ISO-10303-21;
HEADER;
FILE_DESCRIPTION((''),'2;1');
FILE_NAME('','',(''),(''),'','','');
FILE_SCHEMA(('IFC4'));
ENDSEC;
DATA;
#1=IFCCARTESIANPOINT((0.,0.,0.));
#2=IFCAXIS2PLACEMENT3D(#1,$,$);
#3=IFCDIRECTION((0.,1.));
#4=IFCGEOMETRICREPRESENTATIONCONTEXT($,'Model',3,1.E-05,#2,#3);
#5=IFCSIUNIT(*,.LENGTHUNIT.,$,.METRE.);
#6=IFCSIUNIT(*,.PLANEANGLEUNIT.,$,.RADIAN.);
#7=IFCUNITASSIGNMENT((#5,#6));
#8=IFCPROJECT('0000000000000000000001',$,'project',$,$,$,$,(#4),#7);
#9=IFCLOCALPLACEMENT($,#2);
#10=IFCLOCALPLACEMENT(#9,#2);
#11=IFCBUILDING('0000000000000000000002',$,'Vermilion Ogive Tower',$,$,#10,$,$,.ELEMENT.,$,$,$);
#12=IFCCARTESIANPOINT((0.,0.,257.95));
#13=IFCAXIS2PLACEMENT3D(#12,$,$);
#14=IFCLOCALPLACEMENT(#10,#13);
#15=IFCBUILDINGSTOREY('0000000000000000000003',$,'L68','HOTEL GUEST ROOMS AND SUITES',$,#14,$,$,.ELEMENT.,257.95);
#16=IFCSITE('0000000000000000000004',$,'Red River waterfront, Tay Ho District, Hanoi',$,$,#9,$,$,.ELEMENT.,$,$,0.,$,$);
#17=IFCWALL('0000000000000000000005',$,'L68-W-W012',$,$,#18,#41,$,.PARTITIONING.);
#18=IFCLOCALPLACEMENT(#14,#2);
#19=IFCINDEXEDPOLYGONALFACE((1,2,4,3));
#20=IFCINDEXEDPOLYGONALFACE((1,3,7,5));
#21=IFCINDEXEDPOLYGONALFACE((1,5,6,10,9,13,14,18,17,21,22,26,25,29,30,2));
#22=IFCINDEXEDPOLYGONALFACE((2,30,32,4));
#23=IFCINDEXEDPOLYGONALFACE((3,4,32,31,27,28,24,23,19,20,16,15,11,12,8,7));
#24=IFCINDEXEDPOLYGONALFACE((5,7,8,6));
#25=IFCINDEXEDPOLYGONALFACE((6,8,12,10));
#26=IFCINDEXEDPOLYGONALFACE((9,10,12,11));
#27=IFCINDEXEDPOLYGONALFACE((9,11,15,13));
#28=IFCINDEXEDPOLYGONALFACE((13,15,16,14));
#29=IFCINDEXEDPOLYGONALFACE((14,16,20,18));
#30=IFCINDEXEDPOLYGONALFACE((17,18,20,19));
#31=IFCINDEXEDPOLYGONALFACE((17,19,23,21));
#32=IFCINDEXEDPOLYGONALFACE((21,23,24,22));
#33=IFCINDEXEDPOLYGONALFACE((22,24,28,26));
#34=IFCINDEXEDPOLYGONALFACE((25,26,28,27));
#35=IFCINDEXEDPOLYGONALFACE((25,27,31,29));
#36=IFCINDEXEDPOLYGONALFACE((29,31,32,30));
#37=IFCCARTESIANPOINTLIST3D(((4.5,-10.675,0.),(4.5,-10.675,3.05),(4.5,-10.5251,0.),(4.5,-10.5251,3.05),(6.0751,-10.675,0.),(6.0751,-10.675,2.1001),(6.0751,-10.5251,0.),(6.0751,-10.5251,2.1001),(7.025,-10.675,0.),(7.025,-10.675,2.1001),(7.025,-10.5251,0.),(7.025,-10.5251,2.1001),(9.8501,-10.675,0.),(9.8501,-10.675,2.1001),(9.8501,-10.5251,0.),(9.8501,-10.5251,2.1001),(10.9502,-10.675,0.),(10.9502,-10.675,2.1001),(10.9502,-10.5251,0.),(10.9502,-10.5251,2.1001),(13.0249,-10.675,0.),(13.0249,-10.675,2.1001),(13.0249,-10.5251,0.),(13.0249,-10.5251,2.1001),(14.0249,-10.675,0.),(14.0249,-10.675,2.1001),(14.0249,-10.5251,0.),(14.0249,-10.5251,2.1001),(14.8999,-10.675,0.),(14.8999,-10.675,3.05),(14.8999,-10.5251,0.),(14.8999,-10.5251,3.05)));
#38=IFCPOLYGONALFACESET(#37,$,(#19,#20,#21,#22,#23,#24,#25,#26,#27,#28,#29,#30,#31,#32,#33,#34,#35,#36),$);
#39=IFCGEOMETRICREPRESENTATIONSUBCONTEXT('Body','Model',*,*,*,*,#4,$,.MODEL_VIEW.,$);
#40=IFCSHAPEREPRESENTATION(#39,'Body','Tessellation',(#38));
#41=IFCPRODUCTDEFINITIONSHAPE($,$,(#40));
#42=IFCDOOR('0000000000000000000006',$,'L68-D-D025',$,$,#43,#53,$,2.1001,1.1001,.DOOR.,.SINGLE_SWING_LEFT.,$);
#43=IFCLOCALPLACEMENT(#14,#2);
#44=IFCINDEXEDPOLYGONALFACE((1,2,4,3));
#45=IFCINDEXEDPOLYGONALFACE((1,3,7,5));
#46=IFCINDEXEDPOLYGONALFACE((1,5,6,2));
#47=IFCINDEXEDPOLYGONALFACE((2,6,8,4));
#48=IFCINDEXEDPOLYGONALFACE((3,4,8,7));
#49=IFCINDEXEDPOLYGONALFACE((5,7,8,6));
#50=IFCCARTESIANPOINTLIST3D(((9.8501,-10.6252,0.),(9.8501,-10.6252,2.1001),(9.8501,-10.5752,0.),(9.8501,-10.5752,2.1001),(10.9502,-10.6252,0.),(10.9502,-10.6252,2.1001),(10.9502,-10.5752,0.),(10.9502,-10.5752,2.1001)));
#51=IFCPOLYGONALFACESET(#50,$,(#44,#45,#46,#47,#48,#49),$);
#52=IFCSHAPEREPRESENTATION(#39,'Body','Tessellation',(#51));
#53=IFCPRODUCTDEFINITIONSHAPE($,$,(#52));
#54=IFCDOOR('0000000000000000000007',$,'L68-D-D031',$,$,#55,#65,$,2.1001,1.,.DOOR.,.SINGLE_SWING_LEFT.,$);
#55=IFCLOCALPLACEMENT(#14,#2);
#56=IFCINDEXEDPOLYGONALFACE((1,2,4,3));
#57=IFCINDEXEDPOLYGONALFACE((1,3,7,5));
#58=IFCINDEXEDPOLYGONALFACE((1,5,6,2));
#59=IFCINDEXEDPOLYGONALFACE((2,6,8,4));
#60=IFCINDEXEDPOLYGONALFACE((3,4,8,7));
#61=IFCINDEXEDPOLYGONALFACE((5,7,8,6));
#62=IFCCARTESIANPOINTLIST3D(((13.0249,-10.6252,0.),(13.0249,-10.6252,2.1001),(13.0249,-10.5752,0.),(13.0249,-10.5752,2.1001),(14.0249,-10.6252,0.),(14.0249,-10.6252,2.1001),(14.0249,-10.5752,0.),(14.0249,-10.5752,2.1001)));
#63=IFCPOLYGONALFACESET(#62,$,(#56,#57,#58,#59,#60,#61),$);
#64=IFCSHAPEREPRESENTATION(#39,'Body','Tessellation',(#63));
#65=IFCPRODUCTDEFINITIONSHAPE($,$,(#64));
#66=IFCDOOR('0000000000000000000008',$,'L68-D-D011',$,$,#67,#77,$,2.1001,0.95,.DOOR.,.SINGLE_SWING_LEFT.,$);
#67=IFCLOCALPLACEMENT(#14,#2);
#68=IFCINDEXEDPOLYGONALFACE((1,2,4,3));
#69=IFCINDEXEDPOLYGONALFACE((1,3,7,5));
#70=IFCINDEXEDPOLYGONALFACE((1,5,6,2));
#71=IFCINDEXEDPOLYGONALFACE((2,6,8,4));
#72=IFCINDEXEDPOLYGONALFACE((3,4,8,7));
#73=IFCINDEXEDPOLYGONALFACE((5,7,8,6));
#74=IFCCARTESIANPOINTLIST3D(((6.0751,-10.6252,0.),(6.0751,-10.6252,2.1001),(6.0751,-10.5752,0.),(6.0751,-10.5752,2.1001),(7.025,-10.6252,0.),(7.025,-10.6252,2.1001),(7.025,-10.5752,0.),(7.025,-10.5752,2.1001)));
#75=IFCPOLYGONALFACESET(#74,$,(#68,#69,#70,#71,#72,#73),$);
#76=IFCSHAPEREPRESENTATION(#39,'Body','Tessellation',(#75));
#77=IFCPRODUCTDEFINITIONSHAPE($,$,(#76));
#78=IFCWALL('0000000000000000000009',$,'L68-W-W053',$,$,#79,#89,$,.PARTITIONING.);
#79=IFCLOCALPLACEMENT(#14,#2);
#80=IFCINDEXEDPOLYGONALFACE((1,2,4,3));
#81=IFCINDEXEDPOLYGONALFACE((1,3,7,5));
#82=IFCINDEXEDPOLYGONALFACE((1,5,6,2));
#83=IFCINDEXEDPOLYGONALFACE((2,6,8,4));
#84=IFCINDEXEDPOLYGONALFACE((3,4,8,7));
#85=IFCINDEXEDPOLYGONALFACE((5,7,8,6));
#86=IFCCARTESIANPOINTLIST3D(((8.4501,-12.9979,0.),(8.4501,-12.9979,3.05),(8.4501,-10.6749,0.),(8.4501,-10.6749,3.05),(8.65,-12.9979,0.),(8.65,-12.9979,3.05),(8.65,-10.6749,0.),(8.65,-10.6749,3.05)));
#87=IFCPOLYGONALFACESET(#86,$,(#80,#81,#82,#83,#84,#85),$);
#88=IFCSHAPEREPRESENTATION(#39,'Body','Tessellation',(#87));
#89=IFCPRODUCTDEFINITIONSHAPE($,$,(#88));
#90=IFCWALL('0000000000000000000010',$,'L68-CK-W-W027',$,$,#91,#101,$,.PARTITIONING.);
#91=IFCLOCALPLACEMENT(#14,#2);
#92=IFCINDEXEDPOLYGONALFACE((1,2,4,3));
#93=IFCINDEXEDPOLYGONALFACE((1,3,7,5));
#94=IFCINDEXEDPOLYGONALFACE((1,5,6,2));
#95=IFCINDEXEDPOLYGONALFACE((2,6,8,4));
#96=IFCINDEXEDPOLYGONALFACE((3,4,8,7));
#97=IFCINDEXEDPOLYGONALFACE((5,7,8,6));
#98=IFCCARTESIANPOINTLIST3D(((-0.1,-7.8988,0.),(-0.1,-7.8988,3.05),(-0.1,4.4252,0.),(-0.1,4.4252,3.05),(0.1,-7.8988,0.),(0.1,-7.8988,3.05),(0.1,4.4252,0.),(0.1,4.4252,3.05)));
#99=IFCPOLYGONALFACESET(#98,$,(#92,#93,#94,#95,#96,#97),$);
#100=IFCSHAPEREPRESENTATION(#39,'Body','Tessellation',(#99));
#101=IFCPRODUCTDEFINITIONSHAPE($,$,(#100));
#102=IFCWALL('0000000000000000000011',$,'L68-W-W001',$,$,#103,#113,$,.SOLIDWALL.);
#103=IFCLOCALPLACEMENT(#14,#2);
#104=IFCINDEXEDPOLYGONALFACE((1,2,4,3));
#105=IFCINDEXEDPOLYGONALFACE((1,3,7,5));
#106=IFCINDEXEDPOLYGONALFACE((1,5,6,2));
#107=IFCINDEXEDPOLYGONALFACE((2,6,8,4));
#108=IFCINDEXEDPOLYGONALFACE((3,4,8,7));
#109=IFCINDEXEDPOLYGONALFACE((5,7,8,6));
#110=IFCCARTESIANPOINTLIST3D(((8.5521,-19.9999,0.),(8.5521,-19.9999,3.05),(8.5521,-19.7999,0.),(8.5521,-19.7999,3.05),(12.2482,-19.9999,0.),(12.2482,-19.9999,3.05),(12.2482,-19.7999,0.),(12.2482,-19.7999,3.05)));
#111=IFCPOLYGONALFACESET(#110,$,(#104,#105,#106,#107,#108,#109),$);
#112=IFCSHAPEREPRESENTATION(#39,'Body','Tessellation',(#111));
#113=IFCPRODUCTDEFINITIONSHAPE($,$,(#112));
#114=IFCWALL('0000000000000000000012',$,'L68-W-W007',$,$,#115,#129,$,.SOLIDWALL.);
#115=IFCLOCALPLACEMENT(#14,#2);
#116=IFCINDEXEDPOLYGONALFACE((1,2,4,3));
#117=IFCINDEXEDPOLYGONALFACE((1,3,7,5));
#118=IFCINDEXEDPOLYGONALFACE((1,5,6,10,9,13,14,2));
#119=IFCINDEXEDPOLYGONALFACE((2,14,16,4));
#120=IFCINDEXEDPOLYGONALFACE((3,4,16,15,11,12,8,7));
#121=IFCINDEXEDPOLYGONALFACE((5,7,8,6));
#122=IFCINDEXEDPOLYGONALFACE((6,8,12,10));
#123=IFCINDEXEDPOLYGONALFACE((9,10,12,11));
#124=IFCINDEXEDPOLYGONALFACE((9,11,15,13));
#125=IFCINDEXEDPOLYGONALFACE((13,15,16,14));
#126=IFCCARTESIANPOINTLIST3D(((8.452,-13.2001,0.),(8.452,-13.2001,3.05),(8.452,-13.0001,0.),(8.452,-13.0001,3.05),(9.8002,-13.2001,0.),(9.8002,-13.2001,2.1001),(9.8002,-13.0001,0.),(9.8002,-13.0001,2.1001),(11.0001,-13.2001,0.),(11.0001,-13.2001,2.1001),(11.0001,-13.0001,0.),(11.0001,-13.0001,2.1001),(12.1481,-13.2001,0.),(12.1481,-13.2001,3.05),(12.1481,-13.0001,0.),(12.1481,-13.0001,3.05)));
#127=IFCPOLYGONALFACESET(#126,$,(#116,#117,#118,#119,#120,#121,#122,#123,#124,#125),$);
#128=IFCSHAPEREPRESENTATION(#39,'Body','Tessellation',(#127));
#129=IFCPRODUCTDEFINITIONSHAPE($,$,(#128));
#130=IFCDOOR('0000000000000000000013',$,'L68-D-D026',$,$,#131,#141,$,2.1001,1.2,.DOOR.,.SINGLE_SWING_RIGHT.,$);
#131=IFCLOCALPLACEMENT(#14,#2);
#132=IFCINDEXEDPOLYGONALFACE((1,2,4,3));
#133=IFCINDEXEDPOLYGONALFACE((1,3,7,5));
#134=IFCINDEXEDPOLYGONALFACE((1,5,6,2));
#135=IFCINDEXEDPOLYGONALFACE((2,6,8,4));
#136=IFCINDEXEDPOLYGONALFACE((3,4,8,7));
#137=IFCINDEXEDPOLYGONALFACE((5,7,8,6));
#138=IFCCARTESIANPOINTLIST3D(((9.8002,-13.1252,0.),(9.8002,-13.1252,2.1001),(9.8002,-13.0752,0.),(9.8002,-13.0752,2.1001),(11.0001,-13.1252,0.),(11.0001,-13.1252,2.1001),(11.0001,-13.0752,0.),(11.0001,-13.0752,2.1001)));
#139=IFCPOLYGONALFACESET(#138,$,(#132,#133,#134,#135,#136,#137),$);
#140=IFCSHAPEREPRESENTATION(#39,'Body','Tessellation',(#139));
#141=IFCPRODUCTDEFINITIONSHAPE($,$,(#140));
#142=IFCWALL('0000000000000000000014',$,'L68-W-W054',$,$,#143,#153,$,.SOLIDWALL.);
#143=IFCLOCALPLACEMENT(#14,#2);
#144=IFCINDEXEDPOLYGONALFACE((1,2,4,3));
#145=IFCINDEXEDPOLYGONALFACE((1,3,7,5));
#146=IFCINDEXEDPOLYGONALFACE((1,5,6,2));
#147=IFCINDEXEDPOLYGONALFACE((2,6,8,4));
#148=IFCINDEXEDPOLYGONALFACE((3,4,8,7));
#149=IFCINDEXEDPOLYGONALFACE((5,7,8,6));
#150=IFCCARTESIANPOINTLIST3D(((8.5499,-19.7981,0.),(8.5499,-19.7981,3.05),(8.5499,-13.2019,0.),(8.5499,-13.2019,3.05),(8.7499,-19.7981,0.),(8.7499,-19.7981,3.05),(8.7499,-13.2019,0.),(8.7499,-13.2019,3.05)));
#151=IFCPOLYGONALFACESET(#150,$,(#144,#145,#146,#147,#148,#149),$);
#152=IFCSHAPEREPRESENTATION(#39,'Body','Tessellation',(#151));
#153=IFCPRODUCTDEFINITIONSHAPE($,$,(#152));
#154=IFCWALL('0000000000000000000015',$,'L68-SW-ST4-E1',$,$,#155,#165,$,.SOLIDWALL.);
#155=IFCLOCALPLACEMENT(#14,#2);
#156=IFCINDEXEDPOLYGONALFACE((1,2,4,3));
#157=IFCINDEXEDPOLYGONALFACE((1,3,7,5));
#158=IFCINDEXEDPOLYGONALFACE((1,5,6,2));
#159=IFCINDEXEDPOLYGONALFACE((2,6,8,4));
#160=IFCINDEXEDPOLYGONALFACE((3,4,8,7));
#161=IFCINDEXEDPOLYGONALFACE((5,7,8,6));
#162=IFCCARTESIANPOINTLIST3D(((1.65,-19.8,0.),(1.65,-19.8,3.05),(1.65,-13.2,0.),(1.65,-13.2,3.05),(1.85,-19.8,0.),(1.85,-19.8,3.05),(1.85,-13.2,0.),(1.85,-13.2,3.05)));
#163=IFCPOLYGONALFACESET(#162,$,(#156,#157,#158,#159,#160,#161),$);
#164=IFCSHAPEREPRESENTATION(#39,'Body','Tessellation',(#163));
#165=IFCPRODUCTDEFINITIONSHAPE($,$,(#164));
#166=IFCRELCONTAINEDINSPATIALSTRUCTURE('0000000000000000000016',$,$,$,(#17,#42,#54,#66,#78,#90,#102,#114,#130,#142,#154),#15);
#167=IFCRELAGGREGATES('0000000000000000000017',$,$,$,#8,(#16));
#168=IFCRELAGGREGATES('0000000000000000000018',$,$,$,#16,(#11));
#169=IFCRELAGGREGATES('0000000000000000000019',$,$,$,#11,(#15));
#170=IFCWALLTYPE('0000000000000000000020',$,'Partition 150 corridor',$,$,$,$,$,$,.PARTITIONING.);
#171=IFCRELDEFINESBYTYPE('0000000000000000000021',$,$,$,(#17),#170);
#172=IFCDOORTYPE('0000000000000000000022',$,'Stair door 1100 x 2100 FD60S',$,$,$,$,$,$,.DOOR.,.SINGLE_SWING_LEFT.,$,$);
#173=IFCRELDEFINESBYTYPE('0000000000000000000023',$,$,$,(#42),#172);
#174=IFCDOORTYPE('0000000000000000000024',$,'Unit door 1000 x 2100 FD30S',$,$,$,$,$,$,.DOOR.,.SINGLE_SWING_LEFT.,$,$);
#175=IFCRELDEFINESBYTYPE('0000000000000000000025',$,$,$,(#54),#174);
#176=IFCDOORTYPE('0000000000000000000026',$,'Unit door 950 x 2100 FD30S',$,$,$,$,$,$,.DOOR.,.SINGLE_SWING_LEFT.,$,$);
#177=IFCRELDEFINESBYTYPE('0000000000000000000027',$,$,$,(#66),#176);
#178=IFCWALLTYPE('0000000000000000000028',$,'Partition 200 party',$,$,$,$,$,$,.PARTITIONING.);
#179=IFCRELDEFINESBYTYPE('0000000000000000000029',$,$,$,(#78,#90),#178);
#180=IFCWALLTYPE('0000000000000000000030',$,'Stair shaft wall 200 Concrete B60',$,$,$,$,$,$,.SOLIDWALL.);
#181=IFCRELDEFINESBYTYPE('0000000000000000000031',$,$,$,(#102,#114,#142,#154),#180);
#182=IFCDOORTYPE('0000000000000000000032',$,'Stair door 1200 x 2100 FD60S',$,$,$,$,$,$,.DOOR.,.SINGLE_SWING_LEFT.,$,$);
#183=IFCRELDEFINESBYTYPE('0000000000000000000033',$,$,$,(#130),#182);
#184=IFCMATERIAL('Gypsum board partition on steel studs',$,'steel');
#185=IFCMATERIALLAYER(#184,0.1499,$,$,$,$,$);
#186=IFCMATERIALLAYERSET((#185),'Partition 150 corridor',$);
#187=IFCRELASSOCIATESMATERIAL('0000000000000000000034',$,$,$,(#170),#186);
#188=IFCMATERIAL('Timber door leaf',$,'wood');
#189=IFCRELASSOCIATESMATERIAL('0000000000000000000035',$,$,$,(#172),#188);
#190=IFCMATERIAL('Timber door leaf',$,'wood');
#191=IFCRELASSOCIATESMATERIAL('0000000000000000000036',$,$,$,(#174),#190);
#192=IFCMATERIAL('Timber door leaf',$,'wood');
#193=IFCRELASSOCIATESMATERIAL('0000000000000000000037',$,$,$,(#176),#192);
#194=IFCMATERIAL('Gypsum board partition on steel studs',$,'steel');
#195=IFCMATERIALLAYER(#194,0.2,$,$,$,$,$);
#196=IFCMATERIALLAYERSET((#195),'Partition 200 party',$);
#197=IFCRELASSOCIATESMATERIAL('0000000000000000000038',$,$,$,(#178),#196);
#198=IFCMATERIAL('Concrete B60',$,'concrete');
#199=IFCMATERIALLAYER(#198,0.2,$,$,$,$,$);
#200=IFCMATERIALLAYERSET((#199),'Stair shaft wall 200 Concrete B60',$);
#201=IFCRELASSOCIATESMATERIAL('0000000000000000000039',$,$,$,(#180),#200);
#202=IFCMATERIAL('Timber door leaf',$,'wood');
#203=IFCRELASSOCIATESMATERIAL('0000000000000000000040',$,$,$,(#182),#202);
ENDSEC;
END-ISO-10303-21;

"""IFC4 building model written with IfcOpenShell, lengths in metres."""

from ifc_helpers import new_model, si_unit, direction, frame, frame_2d, origin, place, context, subcontext, project, spatial, rectangle, extrude, material, layer, layer_set, type_object, element, fill, save


model = new_model("IFC4")

# Units and contexts
model_context = context("Model", 3, precision=1e-05, world=origin(), true_north=direction((0.0, 1.0)))
body_context = subcontext(model_context, "Body", "Model", "MODEL_VIEW")
ifc_project = project(units=[si_unit("LENGTHUNIT", "METRE"), si_unit("PLANEANGLEUNIT", "RADIAN")], contexts=[model_context])

# Site, building, storey
site_placement = place(None, origin())
site = spatial("IfcSite", under=ifc_project, at=site_placement, Name="Red River waterfront, Tay Ho District, Hanoi", CompositionType="ELEMENT", RefElevation=0.0)
building_placement = place(site_placement, origin())
building = spatial("IfcBuilding", under=site, at=building_placement, Name="Vermilion Ogive Tower", CompositionType="ELEMENT")
storey_placement = place(building_placement, frame((0.0, 0.0, 257.95)))
storey = spatial("IfcBuildingStorey", under=building, at=storey_placement, Name="L68", Description="HOTEL GUEST ROOMS AND SUITES", CompositionType="ELEMENT", Elevation=257.95)

# Wall, openings, doors
ifc_material_1 = material(Name="Gypsum board partition on steel studs", Category="steel")
ifc_layer_1 = layer(ifc_material_1, 0.1499)
ifc_layer_set_1 = layer_set([ifc_layer_1], Name="Partition 150 corridor")
wall_type_1 = type_object("IfcWallType", Name="Partition 150 corridor", PredefinedType="PARTITIONING", material=ifc_layer_set_1)
wall_1_placement = place(storey_placement, frame((4.5, -10.6001, 0.0), z_axis=(0.0, 0.0, 1.0), x_axis=(1.0, 0.0, 0.0)))
wall_1 = element("IfcWall", 1, at=wall_1_placement, inside=storey, type_object=wall_type_1, Name="L68-W-W012", PredefinedType="PARTITIONING", context=body_context, shape_type="SweptSolid", body=[
    extrude(rectangle(XDim=10.3999, YDim=0.1499, at=frame_2d((5.2, 0.0))), origin(), (0.0, 0.0, 1.0), 3.05),
])
opening_1_placement = place(wall_1_placement, frame((1.575, 0.0, 0.0)))
opening_1 = element("IfcOpeningElement", 2, at=opening_1_placement, cuts=wall_1, PredefinedType="OPENING", context=body_context, shape_type="SweptSolid", body=[
    extrude(rectangle(XDim=0.95, YDim=2.1001, at=frame_2d((0.4751, 1.05))), frame((0.0, 0.085, 0.0), z_axis=(0.0, -1.0, 0.0), x_axis=(1.0, 0.0, 0.0)), (0.0, 0.0, 1.0), 0.1699),
])
opening_2_placement = place(wall_1_placement, frame((5.3501, 0.0, 0.0)))
opening_2 = element("IfcOpeningElement", 3, at=opening_2_placement, cuts=wall_1, PredefinedType="OPENING", context=body_context, shape_type="SweptSolid", body=[
    extrude(rectangle(XDim=1.1001, YDim=2.1001, at=frame_2d((0.55, 1.05))), frame((0.0, 0.085, 0.0), z_axis=(0.0, -1.0, 0.0), x_axis=(1.0, 0.0, 0.0)), (0.0, 0.0, 1.0), 0.1699),
])
opening_3_placement = place(wall_1_placement, frame((8.5249, 0.0, 0.0)))
opening_3 = element("IfcOpeningElement", 4, at=opening_3_placement, cuts=wall_1, PredefinedType="OPENING", context=body_context, shape_type="SweptSolid", body=[
    extrude(rectangle(XDim=1.0, YDim=2.1001, at=frame_2d((0.5, 1.05))), frame((0.0, 0.085, 0.0), z_axis=(0.0, -1.0, 0.0), x_axis=(1.0, 0.0, 0.0)), (0.0, 0.0, 1.0), 0.1699),
])
ifc_material_2 = material(Name="Timber door leaf", Category="wood")
door_type_1 = type_object("IfcDoorType", Name="Stair door 1100 x 2100 FD60S", OperationType="SINGLE_SWING_LEFT", PredefinedType="DOOR", material=ifc_material_2)
door_1_placement = place(opening_2_placement, origin())
door_1 = element("IfcDoor", 5, at=door_1_placement, inside=storey, type_object=door_type_1, Name="L68-D-D025", OperationType="SINGLE_SWING_LEFT", OverallHeight=2.1001, OverallWidth=1.1001, PredefinedType="DOOR", context=body_context, shape_type="SweptSolid", body=[
    extrude(rectangle(XDim=1.1001, YDim=2.1001, at=frame_2d((0.55, 1.05))), frame((0.0, 0.0249, 0.0), z_axis=(0.0, -1.0, 0.0), x_axis=(1.0, 0.0, 0.0)), (0.0, 0.0, 1.0), 0.05),
])
fill(opening_2, door_1)
ifc_material_3 = material(Name="Timber door leaf", Category="wood")
door_type_2 = type_object("IfcDoorType", Name="Unit door 1000 x 2100 FD30S", OperationType="SINGLE_SWING_LEFT", PredefinedType="DOOR", material=ifc_material_3)
door_2_placement = place(opening_3_placement, origin())
door_2 = element("IfcDoor", 6, at=door_2_placement, inside=storey, type_object=door_type_2, Name="L68-D-D031", OperationType="SINGLE_SWING_LEFT", OverallHeight=2.1001, OverallWidth=1.0, PredefinedType="DOOR", context=body_context, shape_type="SweptSolid", body=[
    extrude(rectangle(XDim=1.0, YDim=2.1001, at=frame_2d((0.5, 1.05))), frame((0.0, 0.0249, 0.0), z_axis=(0.0, -1.0, 0.0), x_axis=(1.0, 0.0, 0.0)), (0.0, 0.0, 1.0), 0.05),
])
fill(opening_3, door_2)
ifc_material_4 = material(Name="Timber door leaf", Category="wood")
door_type_3 = type_object("IfcDoorType", Name="Unit door 950 x 2100 FD30S", OperationType="SINGLE_SWING_LEFT", PredefinedType="DOOR", material=ifc_material_4)
door_3_placement = place(opening_1_placement, origin())
door_3 = element("IfcDoor", 7, at=door_3_placement, inside=storey, type_object=door_type_3, Name="L68-D-D011", OperationType="SINGLE_SWING_LEFT", OverallHeight=2.1001, OverallWidth=0.95, PredefinedType="DOOR", context=body_context, shape_type="SweptSolid", body=[
    extrude(rectangle(XDim=0.95, YDim=2.1001, at=frame_2d((0.4751, 1.05))), frame((0.0, 0.0249, 0.0), z_axis=(0.0, -1.0, 0.0), x_axis=(1.0, 0.0, 0.0)), (0.0, 0.0, 1.0), 0.05),
])
fill(opening_1, door_3)

# Walls
ifc_material_5 = material(Name="Gypsum board partition on steel studs", Category="steel")
ifc_layer_2 = layer(ifc_material_5, 0.2)
ifc_layer_set_2 = layer_set([ifc_layer_2], Name="Partition 200 party")
wall_type_2 = type_object("IfcWallType", Name="Partition 200 party", PredefinedType="PARTITIONING", material=ifc_layer_set_2)
wall_2_placement = place(storey_placement, frame((8.55, -12.998, 0.0), z_axis=(0.0, 0.0, 1.0), x_axis=(0.0, 1.0, 0.0)))
element("IfcWall", 8, at=wall_2_placement, inside=storey, type_object=wall_type_2, Name="L68-W-W053", PredefinedType="PARTITIONING", context=body_context, shape_type="SweptSolid", body=[
    extrude(rectangle(XDim=2.323, YDim=0.2, at=frame_2d((1.1616, 0.0))), origin(), (0.0, 0.0, 1.0), 3.05),
])
wall_3_placement = place(storey_placement, frame((0.0, -7.8989, 0.0), z_axis=(0.0, 0.0, 1.0), x_axis=(0.0, 1.0, 0.0)))
element("IfcWall", 9, at=wall_3_placement, inside=storey, type_object=wall_type_2, Name="L68-CK-W-W027", PredefinedType="PARTITIONING", context=body_context, shape_type="SweptSolid", body=[
    extrude(rectangle(XDim=12.324, YDim=0.2, at=frame_2d((6.1621, 0.0))), origin(), (0.0, 0.0, 1.0), 3.05),
])
ifc_material_6 = material(Name="Concrete B60", Category="concrete")
ifc_layer_3 = layer(ifc_material_6, 0.2)
ifc_layer_set_3 = layer_set([ifc_layer_3], Name="Stair shaft wall 200 Concrete B60")
wall_type_3 = type_object("IfcWallType", Name="Stair shaft wall 200 Concrete B60", PredefinedType="SOLIDWALL", material=ifc_layer_set_3)
wall_4_placement = place(storey_placement, frame((8.552, -19.8999, 0.0), z_axis=(0.0, 0.0, 1.0), x_axis=(1.0, 0.0, 0.0)))
element("IfcWall", 10, at=wall_4_placement, inside=storey, type_object=wall_type_3, Name="L68-W-W001", PredefinedType="SOLIDWALL", context=body_context, shape_type="SweptSolid", body=[
    extrude(rectangle(XDim=3.696, YDim=0.2, at=frame_2d((1.8481, 0.0))), origin(), (0.0, 0.0, 1.0), 3.05),
])

# Wall, opening, door
wall_5_placement = place(storey_placement, frame((8.4519, -13.1001, 0.0), z_axis=(0.0, 0.0, 1.0), x_axis=(1.0, 0.0, 0.0)))
wall_5 = element("IfcWall", 11, at=wall_5_placement, inside=storey, type_object=wall_type_3, Name="L68-W-W007", PredefinedType="SOLIDWALL", context=body_context, shape_type="SweptSolid", body=[
    extrude(rectangle(XDim=3.696, YDim=0.2, at=frame_2d((1.8481, 0.0))), origin(), (0.0, 0.0, 1.0), 3.05),
])
opening_4_placement = place(wall_5_placement, frame((1.3481, 0.0, 0.0)))
opening_4 = element("IfcOpeningElement", 12, at=opening_4_placement, cuts=wall_5, PredefinedType="OPENING", context=body_context, shape_type="SweptSolid", body=[
    extrude(rectangle(XDim=1.2, YDim=2.1001, at=frame_2d((0.6001, 1.05))), frame((0.0, 0.1099, 0.0), z_axis=(0.0, -1.0, 0.0), x_axis=(1.0, 0.0, 0.0)), (0.0, 0.0, 1.0), 0.22),
])
ifc_material_7 = material(Name="Timber door leaf", Category="wood")
door_type_4 = type_object("IfcDoorType", Name="Stair door 1200 x 2100 FD60S", OperationType="SINGLE_SWING_LEFT", PredefinedType="DOOR", material=ifc_material_7)
door_4_placement = place(opening_4_placement, origin())
door_4 = element("IfcDoor", 13, at=door_4_placement, inside=storey, type_object=door_type_4, Name="L68-D-D026", OperationType="SINGLE_SWING_RIGHT", OverallHeight=2.1001, OverallWidth=1.2, PredefinedType="DOOR", context=body_context, shape_type="SweptSolid", body=[
    extrude(rectangle(XDim=1.2, YDim=2.1001, at=frame_2d((0.6001, 1.05))), frame((0.0, 0.0249, 0.0), z_axis=(0.0, -1.0, 0.0), x_axis=(1.0, 0.0, 0.0)), (0.0, 0.0, 1.0), 0.05),
])
fill(opening_4, door_4)

# Walls
wall_6_placement = place(storey_placement, frame((8.6499, -19.7981, 0.0), z_axis=(0.0, 0.0, 1.0), x_axis=(0.0, 1.0, 0.0)))
element("IfcWall", 14, at=wall_6_placement, inside=storey, type_object=wall_type_3, Name="L68-W-W054", PredefinedType="SOLIDWALL", context=body_context, shape_type="SweptSolid", body=[
    extrude(rectangle(XDim=6.5962, YDim=0.2, at=frame_2d((3.2981, 0.0))), origin(), (0.0, 0.0, 1.0), 3.05),
])
wall_7_placement = place(storey_placement, frame((1.75, -19.8, 0.0), z_axis=(0.0, 0.0, 1.0), x_axis=(0.0, 1.0, 0.0)))
element("IfcWall", 15, at=wall_7_placement, inside=storey, type_object=wall_type_3, Name="L68-SW-ST4-E1", PredefinedType="SOLIDWALL", context=body_context, shape_type="SweptSolid", body=[
    extrude(rectangle(XDim=6.6001, YDim=0.2, at=frame_2d((3.3, 0.0))), origin(), (0.0, 0.0, 1.0), 3.05),
])

save(model, "model.ifc")
